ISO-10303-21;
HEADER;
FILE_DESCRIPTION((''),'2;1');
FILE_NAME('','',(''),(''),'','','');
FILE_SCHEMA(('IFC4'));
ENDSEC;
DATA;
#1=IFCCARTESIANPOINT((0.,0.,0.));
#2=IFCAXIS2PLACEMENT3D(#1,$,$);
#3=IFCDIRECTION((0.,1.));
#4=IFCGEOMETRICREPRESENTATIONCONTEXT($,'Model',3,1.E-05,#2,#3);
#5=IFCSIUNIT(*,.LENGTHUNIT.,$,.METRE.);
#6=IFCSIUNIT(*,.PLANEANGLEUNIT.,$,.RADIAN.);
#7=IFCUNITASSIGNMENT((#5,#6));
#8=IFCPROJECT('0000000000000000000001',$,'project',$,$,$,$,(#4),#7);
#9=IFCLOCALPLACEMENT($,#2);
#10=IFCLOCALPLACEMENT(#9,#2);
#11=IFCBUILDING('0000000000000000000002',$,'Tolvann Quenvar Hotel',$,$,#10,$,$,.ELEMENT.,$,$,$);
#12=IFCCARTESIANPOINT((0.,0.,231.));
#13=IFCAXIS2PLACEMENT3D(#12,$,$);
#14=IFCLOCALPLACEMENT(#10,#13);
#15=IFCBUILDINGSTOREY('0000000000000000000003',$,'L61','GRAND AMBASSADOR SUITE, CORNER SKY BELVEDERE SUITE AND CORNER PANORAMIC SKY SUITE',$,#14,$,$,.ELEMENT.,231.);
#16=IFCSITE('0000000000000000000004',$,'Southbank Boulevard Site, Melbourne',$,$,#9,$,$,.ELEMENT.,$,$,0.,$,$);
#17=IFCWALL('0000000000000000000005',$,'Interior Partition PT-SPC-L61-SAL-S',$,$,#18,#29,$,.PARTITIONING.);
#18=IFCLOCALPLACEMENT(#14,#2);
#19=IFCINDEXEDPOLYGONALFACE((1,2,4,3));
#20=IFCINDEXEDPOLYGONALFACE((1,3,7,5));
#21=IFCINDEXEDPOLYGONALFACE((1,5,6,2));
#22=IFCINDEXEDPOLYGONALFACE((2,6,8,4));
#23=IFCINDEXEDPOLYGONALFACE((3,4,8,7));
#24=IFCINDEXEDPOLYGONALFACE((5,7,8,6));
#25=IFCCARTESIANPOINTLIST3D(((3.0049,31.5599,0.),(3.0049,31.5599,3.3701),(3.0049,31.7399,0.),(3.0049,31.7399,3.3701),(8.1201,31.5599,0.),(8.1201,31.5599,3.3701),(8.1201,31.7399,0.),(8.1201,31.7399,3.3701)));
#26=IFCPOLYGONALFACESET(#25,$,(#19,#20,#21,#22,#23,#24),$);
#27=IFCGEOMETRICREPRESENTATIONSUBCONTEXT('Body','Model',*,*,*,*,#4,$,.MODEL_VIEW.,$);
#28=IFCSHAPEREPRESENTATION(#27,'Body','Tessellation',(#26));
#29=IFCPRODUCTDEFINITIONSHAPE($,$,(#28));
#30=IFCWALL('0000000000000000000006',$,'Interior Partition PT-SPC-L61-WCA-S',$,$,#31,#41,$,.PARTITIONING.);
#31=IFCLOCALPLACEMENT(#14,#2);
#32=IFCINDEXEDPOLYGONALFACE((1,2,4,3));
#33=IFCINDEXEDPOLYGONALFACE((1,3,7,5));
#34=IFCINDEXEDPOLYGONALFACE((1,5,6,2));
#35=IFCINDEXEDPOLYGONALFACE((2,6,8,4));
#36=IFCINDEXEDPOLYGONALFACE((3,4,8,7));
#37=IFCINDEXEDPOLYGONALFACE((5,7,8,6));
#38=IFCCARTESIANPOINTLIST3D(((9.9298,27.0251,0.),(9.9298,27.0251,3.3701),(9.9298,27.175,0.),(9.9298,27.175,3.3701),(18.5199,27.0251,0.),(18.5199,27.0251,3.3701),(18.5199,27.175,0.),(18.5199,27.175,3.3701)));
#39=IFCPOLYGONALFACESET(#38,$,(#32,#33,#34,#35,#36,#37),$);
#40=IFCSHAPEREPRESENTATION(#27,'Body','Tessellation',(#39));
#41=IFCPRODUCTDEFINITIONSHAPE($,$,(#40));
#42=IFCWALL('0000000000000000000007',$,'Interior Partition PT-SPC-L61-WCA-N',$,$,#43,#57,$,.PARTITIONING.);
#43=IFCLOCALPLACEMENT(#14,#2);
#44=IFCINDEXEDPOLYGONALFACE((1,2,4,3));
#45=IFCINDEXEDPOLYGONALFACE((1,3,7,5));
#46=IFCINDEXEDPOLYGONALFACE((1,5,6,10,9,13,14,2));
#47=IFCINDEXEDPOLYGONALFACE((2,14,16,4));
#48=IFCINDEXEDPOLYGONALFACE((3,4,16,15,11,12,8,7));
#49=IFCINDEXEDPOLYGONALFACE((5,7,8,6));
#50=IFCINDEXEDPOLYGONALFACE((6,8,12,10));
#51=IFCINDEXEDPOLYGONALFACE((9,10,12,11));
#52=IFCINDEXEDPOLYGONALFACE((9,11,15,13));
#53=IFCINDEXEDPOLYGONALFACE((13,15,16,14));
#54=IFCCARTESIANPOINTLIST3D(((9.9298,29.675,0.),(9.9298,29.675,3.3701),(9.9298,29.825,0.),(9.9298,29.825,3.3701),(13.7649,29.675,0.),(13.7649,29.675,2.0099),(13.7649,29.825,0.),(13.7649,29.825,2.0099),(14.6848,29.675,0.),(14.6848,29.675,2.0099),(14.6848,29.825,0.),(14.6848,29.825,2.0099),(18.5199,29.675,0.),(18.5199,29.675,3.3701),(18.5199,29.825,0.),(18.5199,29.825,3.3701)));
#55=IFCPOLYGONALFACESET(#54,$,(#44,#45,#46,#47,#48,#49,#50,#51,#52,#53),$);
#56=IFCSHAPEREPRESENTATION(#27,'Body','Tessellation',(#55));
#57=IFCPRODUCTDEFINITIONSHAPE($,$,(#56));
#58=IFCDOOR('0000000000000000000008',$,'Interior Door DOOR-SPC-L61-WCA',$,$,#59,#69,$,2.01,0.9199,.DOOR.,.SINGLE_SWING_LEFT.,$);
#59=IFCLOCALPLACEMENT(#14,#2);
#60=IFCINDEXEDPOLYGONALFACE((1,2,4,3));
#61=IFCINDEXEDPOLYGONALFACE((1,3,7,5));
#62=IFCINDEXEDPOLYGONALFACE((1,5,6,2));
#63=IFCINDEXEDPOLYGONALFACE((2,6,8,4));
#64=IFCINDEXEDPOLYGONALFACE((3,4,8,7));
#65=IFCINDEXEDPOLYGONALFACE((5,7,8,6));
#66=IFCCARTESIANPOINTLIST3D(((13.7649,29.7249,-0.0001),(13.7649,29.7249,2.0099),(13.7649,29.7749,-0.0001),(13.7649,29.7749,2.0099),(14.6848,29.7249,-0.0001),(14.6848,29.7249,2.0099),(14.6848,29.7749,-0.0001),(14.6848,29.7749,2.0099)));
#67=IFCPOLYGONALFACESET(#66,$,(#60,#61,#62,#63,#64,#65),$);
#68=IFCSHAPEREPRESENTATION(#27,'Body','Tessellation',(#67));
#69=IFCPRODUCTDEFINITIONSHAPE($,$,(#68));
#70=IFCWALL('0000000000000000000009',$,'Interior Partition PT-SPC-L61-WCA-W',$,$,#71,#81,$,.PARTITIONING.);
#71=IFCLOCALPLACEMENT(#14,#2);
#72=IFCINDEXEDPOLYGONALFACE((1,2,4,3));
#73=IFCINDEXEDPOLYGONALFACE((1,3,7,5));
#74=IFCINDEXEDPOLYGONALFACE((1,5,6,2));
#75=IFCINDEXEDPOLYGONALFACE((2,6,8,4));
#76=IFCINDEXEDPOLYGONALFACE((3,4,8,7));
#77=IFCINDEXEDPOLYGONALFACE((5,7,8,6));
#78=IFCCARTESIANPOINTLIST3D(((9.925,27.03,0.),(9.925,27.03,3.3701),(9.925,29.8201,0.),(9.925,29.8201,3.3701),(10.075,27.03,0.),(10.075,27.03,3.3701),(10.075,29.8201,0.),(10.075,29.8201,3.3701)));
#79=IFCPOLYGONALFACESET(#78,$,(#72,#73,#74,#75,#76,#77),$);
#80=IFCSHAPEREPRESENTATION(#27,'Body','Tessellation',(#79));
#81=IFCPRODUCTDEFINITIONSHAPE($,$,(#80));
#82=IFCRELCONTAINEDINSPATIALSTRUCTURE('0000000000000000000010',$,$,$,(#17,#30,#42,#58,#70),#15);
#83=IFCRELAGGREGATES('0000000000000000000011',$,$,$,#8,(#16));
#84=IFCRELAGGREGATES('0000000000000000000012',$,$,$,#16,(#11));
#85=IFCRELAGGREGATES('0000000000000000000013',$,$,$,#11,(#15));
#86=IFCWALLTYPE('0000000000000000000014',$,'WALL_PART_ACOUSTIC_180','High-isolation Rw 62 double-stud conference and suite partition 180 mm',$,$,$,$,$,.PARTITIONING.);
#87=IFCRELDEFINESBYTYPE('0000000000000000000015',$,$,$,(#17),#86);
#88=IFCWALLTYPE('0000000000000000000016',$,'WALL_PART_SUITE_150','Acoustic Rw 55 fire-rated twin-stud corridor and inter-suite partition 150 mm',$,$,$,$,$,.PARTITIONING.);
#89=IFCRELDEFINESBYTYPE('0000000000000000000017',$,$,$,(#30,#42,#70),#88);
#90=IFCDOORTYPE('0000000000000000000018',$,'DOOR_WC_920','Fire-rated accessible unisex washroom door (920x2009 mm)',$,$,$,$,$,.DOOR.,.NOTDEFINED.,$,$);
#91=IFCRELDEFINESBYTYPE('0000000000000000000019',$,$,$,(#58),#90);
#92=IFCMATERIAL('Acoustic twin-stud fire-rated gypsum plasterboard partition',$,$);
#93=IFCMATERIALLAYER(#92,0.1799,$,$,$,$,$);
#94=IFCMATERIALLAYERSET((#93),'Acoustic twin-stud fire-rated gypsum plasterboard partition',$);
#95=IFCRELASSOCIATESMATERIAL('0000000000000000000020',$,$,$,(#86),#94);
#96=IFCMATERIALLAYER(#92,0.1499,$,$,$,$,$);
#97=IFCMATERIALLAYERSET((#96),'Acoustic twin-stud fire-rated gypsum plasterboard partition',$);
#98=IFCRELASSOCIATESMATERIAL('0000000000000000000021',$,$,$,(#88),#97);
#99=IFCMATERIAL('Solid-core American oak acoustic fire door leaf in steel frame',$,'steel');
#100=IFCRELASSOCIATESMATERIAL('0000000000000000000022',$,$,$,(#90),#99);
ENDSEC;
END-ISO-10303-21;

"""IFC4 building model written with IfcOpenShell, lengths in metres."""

from ifc_helpers import new_model, si_unit, direction, frame, frame_2d, origin, place, context, subcontext, project, spatial, rectangle, extrude, source, transform, mapped, material, layer, layer_set, type_object, type_shapes, element, fill, save


model = new_model("IFC4")

# Units and contexts
model_context = context("Model", 3, precision=1e-05, world=origin(), true_north=direction((0.0, 1.0)))
body_context = subcontext(model_context, "Body", "Model", "MODEL_VIEW")
ifc_project = project(units=[si_unit("LENGTHUNIT", "METRE"), si_unit("PLANEANGLEUNIT", "RADIAN")], contexts=[model_context])

# Site, building, storey
site_placement = place(None, origin())
site = spatial("IfcSite", under=ifc_project, at=site_placement, Name="Southbank Boulevard Site, Melbourne", CompositionType="ELEMENT", RefElevation=0.0)
building_placement = place(site_placement, origin())
building = spatial("IfcBuilding", under=site, at=building_placement, Name="Tolvann Quenvar Hotel", CompositionType="ELEMENT")
storey_placement = place(building_placement, frame((0.0, 0.0, 231.0)))
storey = spatial("IfcBuildingStorey", under=building, at=storey_placement, Name="L61", Description="GRAND AMBASSADOR SUITE, CORNER SKY BELVEDERE SUITE AND CORNER PANORAMIC SKY SUITE", CompositionType="ELEMENT", Elevation=231.0)

# Shared definitions
ifc_material_1 = material(Name="Solid-core American oak acoustic fire door leaf in steel frame", Category="steel")

# Wall
ifc_material_2 = material(Name="Acoustic twin-stud fire-rated gypsum plasterboard partition")
ifc_layer_1 = layer(ifc_material_2, 0.1799)
ifc_layer_set_1 = layer_set([ifc_layer_1], Name="Acoustic twin-stud fire-rated gypsum plasterboard partition")
wall_type_1 = type_object("IfcWallType", Name="WALL_PART_ACOUSTIC_180", Description="High-isolation Rw 62 double-stud conference and suite partition 180 mm", PredefinedType="PARTITIONING", material=ifc_layer_set_1)
wall_1_placement = place(storey_placement, frame((3.0049, 31.6499, 0.0), z_axis=(0.0, 0.0, 1.0), x_axis=(1.0, 0.0, 0.0)))
element("IfcWall", 1, at=wall_1_placement, inside=storey, type_object=wall_type_1, Name="Interior Partition PT-SPC-L61-SAL-S", PredefinedType="PARTITIONING", context=body_context, shape_type="SweptSolid", body=[
    extrude(rectangle(XDim=5.1152, YDim=0.1799, at=frame_2d((2.5576, 0.0))), origin(), (0.0, 0.0, 1.0), 3.3701),
])

# Wall
ifc_layer_2 = layer(ifc_material_2, 0.1499)
ifc_layer_set_2 = layer_set([ifc_layer_2], Name="Acoustic twin-stud fire-rated gypsum plasterboard partition")
wall_type_2 = type_object("IfcWallType", Name="WALL_PART_SUITE_150", Description="Acoustic Rw 55 fire-rated twin-stud corridor and inter-suite partition 150 mm", PredefinedType="PARTITIONING", material=ifc_layer_set_2)
wall_2_placement = place(storey_placement, frame((9.9299, 27.1001, 0.0), z_axis=(0.0, 0.0, 1.0), x_axis=(1.0, 0.0, 0.0)))
element("IfcWall", 2, at=wall_2_placement, inside=storey, type_object=wall_type_2, Name="Interior Partition PT-SPC-L61-WCA-S", PredefinedType="PARTITIONING", context=body_context, shape_type="SweptSolid", body=[
    extrude(rectangle(XDim=8.5901, YDim=0.1499, at=frame_2d((4.2949, 0.0))), origin(), (0.0, 0.0, 1.0), 3.3701),
])

# Wall, opening, door
wall_3_placement = place(storey_placement, frame((9.9299, 29.75, 0.0), z_axis=(0.0, 0.0, 1.0), x_axis=(1.0, 0.0, 0.0)))
wall_3 = element("IfcWall", 3, at=wall_3_placement, inside=storey, type_object=wall_type_2, Name="Interior Partition PT-SPC-L61-WCA-N", PredefinedType="PARTITIONING", context=body_context, shape_type="SweptSolid", body=[
    extrude(rectangle(XDim=8.5901, YDim=0.1499, at=frame_2d((4.2949, 0.0))), origin(), (0.0, 0.0, 1.0), 3.3701),
])
opening_1_placement = place(wall_3_placement, frame((3.835, 0.0, 0.0)))
opening_1 = element("IfcOpeningElement", 4, at=opening_1_placement, cuts=wall_3, PredefinedType="OPENING", context=body_context, shape_type="SweptSolid", body=[
    extrude(rectangle(XDim=0.9199, YDim=2.01, at=frame_2d((0.46, 1.0049))), frame((0.0, 0.085, 0.0), z_axis=(0.0, -1.0, 0.0), x_axis=(1.0, 0.0, 0.0)), (0.0, 0.0, 1.0), 0.1699),
])
door_type_1 = type_object("IfcDoorType", Name="DOOR_WC_920", Description="Fire-rated accessible unisex washroom door (920x2009 mm)", OperationType="NOTDEFINED", PredefinedType="DOOR", material=ifc_material_1)
shared_shape_1 = source(origin(), body_context, "Body", "SweptSolid", [
    extrude(rectangle(XDim=0.9199, YDim=2.01, at=frame_2d((0.46, 1.0049))), frame((0.0, 0.0249, 0.0), z_axis=(0.0, -1.0, 0.0), x_axis=(1.0, 0.0, 0.0)), (0.0, 0.0, 1.0), 0.05),
])
type_shapes(door_type_1, [shared_shape_1])
door_1_placement = place(opening_1_placement, origin())
door_1 = element("IfcDoor", 5, at=door_1_placement, inside=storey, type_object=door_type_1, Name="Interior Door DOOR-SPC-L61-WCA", OperationType="SINGLE_SWING_LEFT", OverallHeight=2.01, OverallWidth=0.9199, PredefinedType="DOOR", context=body_context, shape_type="MappedRepresentation", body=[
    mapped(shared_shape_1, transform((0.0, 0.0, 0.0), x_axis=(1.0, 0.0, 0.0), y_axis=(0.0, 1.0, 0.0), z_axis=(0.0, 0.0, 1.0), scale=1.0)),
])
fill(opening_1, door_1)

# Wall
wall_4_placement = place(storey_placement, frame((10.0, 27.03, 0.0), z_axis=(0.0, 0.0, 1.0), x_axis=(0.0, 1.0, 0.0)))
element("IfcWall", 6, at=wall_4_placement, inside=storey, type_object=wall_type_2, Name="Interior Partition PT-SPC-L61-WCA-W", PredefinedType="PARTITIONING", context=body_context, shape_type="SweptSolid", body=[
    extrude(rectangle(XDim=2.79, YDim=0.1499, at=frame_2d((1.395, 0.0))), origin(), (0.0, 0.0, 1.0), 3.3701),
])

save(model, "model.ifc")
